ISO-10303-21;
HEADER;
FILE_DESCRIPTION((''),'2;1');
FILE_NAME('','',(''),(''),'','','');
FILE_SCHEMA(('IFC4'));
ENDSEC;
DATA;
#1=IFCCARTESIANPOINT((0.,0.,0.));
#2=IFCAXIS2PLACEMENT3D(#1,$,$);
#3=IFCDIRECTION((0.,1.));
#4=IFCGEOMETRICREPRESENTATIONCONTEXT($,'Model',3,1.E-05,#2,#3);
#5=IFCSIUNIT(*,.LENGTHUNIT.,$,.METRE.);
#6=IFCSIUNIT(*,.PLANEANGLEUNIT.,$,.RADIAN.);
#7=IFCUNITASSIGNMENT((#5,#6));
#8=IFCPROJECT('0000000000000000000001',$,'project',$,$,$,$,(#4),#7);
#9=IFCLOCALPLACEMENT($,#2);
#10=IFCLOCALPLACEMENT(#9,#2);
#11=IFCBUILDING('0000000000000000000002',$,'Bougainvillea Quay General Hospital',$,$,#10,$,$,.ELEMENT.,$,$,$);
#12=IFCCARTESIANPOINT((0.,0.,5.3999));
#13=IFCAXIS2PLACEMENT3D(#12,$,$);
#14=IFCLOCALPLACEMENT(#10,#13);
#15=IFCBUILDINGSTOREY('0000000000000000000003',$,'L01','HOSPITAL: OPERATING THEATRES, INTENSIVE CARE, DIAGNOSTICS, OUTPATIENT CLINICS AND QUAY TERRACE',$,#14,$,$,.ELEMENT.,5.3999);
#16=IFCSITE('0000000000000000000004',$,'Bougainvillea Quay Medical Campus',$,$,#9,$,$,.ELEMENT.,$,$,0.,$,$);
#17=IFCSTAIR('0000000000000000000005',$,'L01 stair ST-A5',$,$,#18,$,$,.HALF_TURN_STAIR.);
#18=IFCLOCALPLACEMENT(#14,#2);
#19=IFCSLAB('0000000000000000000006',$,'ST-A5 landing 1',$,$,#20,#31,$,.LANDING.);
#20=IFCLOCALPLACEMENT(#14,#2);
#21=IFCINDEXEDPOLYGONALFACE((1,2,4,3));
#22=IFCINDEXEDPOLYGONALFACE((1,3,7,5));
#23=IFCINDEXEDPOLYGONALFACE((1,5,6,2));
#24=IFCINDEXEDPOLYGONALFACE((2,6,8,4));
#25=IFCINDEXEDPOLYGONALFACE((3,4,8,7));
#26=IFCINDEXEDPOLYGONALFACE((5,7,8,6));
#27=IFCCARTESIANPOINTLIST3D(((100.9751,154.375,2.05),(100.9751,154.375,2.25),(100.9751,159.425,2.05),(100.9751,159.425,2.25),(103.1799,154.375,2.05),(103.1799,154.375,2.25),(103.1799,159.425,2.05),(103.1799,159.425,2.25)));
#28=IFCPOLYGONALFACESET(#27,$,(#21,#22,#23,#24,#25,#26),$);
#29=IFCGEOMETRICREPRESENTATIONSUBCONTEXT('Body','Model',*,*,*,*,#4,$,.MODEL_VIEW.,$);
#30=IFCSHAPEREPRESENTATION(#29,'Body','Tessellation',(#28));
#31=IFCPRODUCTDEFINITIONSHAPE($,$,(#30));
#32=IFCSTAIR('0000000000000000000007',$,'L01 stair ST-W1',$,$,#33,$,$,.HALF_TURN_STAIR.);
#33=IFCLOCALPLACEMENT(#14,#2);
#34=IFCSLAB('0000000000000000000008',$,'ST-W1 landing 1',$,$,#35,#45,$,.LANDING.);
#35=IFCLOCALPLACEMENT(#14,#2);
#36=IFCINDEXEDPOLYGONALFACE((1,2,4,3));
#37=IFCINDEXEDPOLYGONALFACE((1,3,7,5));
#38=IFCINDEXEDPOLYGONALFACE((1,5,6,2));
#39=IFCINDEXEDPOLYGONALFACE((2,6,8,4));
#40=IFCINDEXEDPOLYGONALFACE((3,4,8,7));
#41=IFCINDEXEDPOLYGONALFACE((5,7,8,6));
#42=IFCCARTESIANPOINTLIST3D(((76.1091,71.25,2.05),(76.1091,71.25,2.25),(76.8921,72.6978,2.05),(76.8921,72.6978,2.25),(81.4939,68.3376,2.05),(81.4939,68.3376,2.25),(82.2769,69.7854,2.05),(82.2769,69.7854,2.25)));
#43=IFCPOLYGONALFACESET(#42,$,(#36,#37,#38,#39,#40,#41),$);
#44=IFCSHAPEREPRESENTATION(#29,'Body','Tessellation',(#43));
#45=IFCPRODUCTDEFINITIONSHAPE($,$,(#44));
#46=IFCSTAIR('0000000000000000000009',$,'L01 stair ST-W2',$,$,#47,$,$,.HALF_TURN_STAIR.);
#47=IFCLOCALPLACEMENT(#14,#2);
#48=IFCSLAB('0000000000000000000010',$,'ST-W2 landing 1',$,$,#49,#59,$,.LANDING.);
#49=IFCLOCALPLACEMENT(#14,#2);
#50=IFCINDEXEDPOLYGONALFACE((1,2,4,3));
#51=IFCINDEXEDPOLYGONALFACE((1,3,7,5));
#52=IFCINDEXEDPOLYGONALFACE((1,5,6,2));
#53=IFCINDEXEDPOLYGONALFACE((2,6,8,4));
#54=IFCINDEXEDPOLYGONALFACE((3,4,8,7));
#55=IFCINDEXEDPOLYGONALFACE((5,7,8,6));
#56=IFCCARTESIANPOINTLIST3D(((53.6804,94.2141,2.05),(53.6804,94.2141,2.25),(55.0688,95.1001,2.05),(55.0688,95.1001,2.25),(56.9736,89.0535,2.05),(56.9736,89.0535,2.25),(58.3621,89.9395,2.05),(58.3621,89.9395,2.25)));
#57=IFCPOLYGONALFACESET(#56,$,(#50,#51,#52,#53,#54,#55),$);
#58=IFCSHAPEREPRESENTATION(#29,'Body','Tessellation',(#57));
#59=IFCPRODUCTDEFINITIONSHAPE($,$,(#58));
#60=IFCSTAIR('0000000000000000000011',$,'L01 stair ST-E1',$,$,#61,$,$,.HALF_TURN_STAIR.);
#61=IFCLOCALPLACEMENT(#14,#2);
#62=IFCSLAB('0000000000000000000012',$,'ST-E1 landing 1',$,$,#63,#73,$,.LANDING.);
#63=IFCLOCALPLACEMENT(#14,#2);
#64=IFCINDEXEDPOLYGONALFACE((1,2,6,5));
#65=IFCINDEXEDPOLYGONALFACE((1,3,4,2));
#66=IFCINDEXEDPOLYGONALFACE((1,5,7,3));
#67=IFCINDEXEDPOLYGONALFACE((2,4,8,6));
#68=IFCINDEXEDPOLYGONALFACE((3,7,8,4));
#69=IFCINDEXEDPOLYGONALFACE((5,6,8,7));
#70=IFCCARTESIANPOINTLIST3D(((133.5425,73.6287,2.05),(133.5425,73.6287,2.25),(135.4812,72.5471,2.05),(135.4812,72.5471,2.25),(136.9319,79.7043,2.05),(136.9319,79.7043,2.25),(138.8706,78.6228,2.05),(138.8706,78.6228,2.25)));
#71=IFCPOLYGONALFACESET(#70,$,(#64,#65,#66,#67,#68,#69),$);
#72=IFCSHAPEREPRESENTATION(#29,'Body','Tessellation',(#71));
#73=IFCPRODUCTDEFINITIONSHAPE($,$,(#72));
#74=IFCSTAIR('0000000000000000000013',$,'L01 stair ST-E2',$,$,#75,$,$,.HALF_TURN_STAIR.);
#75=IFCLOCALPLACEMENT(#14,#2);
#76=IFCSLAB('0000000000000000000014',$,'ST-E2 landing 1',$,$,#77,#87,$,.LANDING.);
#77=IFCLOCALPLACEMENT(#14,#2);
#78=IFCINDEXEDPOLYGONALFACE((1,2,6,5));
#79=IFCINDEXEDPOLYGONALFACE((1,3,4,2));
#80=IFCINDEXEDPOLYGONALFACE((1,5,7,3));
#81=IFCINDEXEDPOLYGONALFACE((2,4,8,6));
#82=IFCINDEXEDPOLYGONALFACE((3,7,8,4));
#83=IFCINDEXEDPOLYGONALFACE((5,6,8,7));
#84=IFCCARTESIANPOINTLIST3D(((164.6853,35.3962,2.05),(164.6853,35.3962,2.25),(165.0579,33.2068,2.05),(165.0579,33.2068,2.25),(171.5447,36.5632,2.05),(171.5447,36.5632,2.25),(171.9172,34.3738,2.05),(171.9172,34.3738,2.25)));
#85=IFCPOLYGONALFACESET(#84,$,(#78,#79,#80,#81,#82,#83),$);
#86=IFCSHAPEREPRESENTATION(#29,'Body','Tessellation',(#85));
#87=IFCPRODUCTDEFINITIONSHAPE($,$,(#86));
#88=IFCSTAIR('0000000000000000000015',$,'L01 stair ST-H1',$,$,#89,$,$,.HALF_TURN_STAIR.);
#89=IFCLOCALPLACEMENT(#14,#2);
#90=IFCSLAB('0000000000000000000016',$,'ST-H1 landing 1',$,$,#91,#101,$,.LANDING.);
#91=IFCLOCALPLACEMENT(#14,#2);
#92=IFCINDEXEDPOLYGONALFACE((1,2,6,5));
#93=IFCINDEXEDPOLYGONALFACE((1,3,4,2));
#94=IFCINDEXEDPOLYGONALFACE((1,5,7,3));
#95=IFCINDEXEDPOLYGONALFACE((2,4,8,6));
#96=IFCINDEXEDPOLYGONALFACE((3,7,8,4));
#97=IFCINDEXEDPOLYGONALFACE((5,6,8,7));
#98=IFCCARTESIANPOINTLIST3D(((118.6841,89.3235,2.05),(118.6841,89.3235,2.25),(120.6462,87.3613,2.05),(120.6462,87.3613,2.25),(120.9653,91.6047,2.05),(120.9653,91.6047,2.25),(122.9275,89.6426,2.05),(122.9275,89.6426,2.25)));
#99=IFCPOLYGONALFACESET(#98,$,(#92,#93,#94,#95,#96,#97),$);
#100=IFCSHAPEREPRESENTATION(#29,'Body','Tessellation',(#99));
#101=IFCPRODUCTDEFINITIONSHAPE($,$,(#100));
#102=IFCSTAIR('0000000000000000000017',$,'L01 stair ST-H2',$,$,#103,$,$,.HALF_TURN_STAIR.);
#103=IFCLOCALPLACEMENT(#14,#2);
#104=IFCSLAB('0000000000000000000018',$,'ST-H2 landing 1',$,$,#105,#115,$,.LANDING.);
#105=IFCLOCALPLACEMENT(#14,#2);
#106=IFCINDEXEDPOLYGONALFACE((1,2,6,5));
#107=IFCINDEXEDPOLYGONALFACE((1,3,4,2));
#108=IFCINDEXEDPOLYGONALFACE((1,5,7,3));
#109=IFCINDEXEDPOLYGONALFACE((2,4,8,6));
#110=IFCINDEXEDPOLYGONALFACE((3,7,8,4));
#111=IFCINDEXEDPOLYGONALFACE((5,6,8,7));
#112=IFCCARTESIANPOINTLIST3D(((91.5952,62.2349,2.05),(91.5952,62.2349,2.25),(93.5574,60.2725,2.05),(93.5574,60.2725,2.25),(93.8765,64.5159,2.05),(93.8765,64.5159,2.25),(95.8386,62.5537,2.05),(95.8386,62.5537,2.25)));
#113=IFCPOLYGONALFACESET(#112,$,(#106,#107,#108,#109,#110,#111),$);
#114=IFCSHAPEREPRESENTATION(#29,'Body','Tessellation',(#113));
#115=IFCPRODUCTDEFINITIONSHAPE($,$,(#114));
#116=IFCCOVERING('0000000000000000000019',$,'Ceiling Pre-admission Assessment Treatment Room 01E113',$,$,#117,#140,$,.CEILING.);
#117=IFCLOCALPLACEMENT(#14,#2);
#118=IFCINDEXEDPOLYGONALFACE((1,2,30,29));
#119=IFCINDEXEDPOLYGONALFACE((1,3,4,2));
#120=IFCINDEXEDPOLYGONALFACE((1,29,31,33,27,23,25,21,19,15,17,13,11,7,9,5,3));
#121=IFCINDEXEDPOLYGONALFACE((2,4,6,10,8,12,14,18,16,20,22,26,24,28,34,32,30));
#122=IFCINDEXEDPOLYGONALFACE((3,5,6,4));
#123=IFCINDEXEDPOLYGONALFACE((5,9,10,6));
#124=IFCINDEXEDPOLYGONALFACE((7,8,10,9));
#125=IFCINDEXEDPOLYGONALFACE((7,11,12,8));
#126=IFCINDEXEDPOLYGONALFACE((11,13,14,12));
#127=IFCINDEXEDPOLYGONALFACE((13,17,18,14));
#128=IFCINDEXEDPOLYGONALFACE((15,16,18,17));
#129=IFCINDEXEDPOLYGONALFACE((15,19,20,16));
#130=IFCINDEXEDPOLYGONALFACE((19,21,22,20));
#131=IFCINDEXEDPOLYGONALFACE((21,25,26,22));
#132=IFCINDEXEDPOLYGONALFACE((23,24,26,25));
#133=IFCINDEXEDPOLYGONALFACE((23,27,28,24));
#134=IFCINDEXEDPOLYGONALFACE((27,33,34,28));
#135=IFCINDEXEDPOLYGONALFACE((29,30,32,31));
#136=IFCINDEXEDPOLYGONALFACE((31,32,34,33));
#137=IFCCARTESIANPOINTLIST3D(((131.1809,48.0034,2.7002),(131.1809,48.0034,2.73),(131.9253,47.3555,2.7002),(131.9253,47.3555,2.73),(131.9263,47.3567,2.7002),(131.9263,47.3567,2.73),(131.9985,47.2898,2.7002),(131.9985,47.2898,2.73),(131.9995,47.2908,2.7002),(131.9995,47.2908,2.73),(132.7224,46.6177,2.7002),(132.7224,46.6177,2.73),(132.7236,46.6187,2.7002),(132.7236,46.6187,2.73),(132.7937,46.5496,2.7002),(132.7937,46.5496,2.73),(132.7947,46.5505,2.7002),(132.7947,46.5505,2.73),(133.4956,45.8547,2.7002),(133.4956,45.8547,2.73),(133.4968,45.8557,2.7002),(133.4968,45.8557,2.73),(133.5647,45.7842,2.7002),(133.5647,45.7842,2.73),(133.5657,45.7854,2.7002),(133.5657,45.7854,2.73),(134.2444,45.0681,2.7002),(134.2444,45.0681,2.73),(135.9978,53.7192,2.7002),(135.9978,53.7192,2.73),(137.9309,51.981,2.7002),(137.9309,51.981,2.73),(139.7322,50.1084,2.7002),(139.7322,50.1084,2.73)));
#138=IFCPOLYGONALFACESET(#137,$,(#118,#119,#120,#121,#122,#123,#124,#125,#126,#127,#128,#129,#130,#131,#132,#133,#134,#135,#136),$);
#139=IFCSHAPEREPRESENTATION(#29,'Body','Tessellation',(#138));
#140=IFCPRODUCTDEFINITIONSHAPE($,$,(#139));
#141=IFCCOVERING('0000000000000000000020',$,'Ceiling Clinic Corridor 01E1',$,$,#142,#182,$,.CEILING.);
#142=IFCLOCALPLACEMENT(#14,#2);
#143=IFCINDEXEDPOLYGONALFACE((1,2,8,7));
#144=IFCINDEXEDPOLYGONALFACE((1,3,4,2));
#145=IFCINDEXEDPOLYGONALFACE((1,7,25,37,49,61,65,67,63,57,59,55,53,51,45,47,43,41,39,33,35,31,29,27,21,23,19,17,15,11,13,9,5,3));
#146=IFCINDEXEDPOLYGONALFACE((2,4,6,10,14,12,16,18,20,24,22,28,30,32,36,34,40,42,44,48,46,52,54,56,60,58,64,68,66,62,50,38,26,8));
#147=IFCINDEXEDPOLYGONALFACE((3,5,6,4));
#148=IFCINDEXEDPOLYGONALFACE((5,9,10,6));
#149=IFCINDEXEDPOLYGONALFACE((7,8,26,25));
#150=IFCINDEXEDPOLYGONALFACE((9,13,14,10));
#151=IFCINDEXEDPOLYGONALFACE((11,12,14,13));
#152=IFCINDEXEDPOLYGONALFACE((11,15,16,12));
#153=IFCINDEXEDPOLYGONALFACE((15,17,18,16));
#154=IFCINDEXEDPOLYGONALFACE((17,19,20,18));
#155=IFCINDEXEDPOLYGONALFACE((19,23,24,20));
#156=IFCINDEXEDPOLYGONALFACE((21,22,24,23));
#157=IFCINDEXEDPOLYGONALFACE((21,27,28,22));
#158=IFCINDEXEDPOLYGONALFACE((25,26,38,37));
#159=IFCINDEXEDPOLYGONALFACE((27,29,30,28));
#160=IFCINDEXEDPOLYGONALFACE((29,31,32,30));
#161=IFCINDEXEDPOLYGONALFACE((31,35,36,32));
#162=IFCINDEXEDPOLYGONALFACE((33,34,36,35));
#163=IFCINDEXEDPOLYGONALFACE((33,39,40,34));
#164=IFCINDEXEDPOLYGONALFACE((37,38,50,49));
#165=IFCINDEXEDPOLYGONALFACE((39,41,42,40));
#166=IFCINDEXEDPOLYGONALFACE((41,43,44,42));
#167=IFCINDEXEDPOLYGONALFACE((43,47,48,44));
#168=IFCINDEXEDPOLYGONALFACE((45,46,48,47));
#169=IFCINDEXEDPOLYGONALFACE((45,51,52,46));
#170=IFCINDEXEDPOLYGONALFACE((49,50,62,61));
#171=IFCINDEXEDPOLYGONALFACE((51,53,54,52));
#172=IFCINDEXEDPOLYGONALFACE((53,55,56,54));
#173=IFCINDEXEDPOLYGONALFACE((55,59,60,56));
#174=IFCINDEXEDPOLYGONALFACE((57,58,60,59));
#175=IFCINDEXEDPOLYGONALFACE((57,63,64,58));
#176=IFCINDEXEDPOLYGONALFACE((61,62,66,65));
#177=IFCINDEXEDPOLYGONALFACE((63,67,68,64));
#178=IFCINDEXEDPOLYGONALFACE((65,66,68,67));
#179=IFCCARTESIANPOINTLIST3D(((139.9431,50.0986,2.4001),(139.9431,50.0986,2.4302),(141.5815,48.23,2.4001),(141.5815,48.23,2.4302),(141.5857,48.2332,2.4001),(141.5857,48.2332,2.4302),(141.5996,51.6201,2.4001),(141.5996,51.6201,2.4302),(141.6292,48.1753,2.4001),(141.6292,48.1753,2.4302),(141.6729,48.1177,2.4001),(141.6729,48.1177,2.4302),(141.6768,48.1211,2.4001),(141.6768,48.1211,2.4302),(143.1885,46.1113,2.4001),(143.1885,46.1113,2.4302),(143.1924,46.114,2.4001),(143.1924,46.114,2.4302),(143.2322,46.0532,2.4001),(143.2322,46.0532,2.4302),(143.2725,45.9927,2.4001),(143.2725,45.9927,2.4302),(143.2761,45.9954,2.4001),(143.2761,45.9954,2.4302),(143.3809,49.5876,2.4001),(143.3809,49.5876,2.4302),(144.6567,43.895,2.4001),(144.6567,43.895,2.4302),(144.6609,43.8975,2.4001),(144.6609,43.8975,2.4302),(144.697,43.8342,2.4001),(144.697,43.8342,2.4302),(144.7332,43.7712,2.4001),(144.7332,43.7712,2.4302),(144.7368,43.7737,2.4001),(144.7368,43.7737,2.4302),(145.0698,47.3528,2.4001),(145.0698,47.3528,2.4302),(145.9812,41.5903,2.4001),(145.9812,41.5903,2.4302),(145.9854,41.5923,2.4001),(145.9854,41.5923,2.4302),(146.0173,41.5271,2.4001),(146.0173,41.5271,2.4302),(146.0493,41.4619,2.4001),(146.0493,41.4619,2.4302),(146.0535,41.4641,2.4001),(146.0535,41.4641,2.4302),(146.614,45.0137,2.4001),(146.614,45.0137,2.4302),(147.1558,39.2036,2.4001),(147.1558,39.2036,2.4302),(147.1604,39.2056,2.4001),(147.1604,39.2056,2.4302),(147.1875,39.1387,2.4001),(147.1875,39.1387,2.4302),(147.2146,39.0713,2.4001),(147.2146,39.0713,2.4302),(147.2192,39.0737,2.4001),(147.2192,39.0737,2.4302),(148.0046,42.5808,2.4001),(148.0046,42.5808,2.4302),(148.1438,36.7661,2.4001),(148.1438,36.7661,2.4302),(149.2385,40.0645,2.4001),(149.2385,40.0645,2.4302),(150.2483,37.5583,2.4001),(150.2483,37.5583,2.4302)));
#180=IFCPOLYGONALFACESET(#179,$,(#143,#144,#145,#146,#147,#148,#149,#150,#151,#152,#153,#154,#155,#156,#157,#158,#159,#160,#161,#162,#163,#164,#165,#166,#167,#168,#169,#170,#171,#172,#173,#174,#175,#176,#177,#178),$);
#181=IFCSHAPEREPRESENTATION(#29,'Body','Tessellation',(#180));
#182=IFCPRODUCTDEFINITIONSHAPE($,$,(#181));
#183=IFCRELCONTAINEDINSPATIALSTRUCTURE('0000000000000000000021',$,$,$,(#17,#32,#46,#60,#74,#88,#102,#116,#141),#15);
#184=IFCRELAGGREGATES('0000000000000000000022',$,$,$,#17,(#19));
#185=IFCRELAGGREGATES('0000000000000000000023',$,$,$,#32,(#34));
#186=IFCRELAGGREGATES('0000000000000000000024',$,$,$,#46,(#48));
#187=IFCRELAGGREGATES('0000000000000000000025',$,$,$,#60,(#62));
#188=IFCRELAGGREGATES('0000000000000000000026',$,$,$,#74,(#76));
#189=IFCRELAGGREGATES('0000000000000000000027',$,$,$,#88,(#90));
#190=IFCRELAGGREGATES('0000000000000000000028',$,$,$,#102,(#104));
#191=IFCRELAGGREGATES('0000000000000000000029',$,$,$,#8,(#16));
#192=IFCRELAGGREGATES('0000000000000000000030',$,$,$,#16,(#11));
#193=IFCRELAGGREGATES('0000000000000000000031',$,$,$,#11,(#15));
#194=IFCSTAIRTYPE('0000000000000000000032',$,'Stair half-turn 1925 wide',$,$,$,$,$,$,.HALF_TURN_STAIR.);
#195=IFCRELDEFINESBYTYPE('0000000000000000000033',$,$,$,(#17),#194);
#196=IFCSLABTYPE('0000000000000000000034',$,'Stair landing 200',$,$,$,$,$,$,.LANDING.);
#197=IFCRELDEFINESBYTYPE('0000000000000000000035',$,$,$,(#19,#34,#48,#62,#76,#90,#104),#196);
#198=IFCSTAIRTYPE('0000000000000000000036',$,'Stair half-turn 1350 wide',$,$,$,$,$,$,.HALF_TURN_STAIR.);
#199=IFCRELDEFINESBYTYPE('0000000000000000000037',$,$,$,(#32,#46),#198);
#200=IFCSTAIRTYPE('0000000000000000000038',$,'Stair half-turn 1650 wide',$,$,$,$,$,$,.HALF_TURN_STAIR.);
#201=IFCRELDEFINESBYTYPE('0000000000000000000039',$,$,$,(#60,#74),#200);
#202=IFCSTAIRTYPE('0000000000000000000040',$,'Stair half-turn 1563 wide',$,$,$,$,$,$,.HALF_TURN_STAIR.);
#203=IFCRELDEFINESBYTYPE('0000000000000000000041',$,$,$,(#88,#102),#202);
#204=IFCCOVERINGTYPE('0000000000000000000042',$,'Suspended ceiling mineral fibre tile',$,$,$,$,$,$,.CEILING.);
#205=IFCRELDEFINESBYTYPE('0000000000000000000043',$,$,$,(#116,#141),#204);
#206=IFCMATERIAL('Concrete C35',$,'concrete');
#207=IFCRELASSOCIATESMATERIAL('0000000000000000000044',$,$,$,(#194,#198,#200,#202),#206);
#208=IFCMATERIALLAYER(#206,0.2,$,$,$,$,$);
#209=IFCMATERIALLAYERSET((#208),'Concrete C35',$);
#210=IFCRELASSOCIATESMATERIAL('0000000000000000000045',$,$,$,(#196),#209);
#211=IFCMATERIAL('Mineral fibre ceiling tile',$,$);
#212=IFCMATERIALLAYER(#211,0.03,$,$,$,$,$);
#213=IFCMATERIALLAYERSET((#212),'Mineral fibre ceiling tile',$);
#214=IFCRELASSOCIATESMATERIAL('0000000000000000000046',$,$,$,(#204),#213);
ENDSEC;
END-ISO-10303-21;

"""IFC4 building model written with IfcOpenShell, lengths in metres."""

from ifc_helpers import new_model, si_unit, direction, frame, origin, place, context, subcontext, project, spatial, polyline, outline, extrude, material, layer, layer_set, type_object, element, aggregate, save


model = new_model("IFC4")

# Units and contexts
model_context = context("Model", 3, precision=1e-05, world=origin(), true_north=direction((0.0, 1.0)))
body_context = subcontext(model_context, "Body", "Model", "MODEL_VIEW")
ifc_project = project(units=[si_unit("LENGTHUNIT", "METRE"), si_unit("PLANEANGLEUNIT", "RADIAN")], contexts=[model_context])

# Site, building, storey
site_placement = place(None, origin())
site = spatial("IfcSite", under=ifc_project, at=site_placement, Name="Bougainvillea Quay Medical Campus", CompositionType="ELEMENT", RefElevation=0.0)
building_placement = place(site_placement, origin())
building = spatial("IfcBuilding", under=site, at=building_placement, Name="Bougainvillea Quay General Hospital", CompositionType="ELEMENT")
storey_placement = place(building_placement, frame((0.0, 0.0, 5.3999)))
storey = spatial("IfcBuildingStorey", under=building, at=storey_placement, Name="L01", Description="HOSPITAL: OPERATING THEATRES, INTENSIVE CARE, DIAGNOSTICS, OUTPATIENT CLINICS AND QUAY TERRACE", CompositionType="ELEMENT", Elevation=5.3999)

# Shared definitions
ifc_material_1 = material(Name="Concrete C35", Category="concrete")

# Stairs, slabs
stair_type_1 = type_object("IfcStairType", Name="Stair half-turn 1925 wide", PredefinedType="HALF_TURN_STAIR", material=ifc_material_1)
ifc_layer_1 = layer(ifc_material_1, 0.2)
ifc_layer_set_1 = layer_set([ifc_layer_1], Name="Concrete C35")
slab_type_1 = type_object("IfcSlabType", Name="Stair landing 200", PredefinedType="LANDING", material=ifc_layer_set_1)
stair_1_placement = place(storey_placement, origin())
stair_1 = element("IfcStair", 1, at=stair_1_placement, inside=storey, type_object=stair_type_1, Name="L01 stair ST-A5", PredefinedType="HALF_TURN_STAIR")
slab_1_placement = place(storey_placement, frame((0.0, 0.0, 2.05)))
slab_1 = element("IfcSlab", 2, at=slab_1_placement, type_object=slab_type_1, Name="ST-A5 landing 1", PredefinedType="LANDING", context=body_context, shape_type="SweptSolid", body=[
    extrude(outline(polyline([(103.1799, 159.425), (100.9751, 159.425), (100.9751, 154.375), (103.1799, 154.375), (103.1799, 159.425)])), origin(), (0.0, 0.0, 1.0), 0.2),
])
aggregate(stair_1, [slab_1])
stair_type_2 = type_object("IfcStairType", Name="Stair half-turn 1350 wide", PredefinedType="HALF_TURN_STAIR", material=ifc_material_1)
stair_2_placement = place(storey_placement, origin())
stair_2 = element("IfcStair", 3, at=stair_2_placement, inside=storey, type_object=stair_type_2, Name="L01 stair ST-W1", PredefinedType="HALF_TURN_STAIR")
slab_2_placement = place(storey_placement, frame((0.0, 0.0, 2.05)))
slab_2 = element("IfcSlab", 4, at=slab_2_placement, type_object=slab_type_1, Name="ST-W1 landing 1", PredefinedType="LANDING", context=body_context, shape_type="SweptSolid", body=[
    extrude(outline(polyline([(76.8921, 72.6978), (76.1091, 71.25), (81.4939, 68.3376), (82.2769, 69.7854), (76.8921, 72.6978)])), origin(), (0.0, 0.0, 1.0), 0.2),
])
aggregate(stair_2, [slab_2])
stair_3_placement = place(storey_placement, origin())
stair_3 = element("IfcStair", 5, at=stair_3_placement, inside=storey, type_object=stair_type_2, Name="L01 stair ST-W2", PredefinedType="HALF_TURN_STAIR")
slab_3_placement = place(storey_placement, frame((0.0, 0.0, 2.05)))
slab_3 = element("IfcSlab", 6, at=slab_3_placement, type_object=slab_type_1, Name="ST-W2 landing 1", PredefinedType="LANDING", context=body_context, shape_type="SweptSolid", body=[
    extrude(outline(polyline([(55.0688, 95.1001), (53.6804, 94.2141), (56.9736, 89.0535), (58.3621, 89.9395), (55.0688, 95.1001)])), origin(), (0.0, 0.0, 1.0), 0.2),
])
aggregate(stair_3, [slab_3])
stair_type_3 = type_object("IfcStairType", Name="Stair half-turn 1650 wide", PredefinedType="HALF_TURN_STAIR", material=ifc_material_1)
stair_4_placement = place(storey_placement, origin())
stair_4 = element("IfcStair", 7, at=stair_4_placement, inside=storey, type_object=stair_type_3, Name="L01 stair ST-E1", PredefinedType="HALF_TURN_STAIR")
slab_4_placement = place(storey_placement, frame((0.0, 0.0, 2.05)))
slab_4 = element("IfcSlab", 8, at=slab_4_placement, type_object=slab_type_1, Name="ST-E1 landing 1", PredefinedType="LANDING", context=body_context, shape_type="SweptSolid", body=[
    extrude(outline(polyline([(138.8706, 78.6228), (136.9319, 79.7043), (133.5425, 73.6287), (135.4812, 72.5471), (138.8706, 78.6228)])), origin(), (0.0, 0.0, 1.0), 0.2),
])
aggregate(stair_4, [slab_4])
stair_5_placement = place(storey_placement, origin())
stair_5 = element("IfcStair", 9, at=stair_5_placement, inside=storey, type_object=stair_type_3, Name="L01 stair ST-E2", PredefinedType="HALF_TURN_STAIR")
slab_5_placement = place(storey_placement, frame((0.0, 0.0, 2.05)))
slab_5 = element("IfcSlab", 10, at=slab_5_placement, type_object=slab_type_1, Name="ST-E2 landing 1", PredefinedType="LANDING", context=body_context, shape_type="SweptSolid", body=[
    extrude(outline(polyline([(171.9172, 34.3738), (171.5447, 36.5632), (164.6853, 35.3962), (165.0579, 33.2068), (171.9172, 34.3738)])), origin(), (0.0, 0.0, 1.0), 0.2),
])
aggregate(stair_5, [slab_5])
stair_type_4 = type_object("IfcStairType", Name="Stair half-turn 1563 wide", PredefinedType="HALF_TURN_STAIR", material=ifc_material_1)
stair_6_placement = place(storey_placement, origin())
stair_6 = element("IfcStair", 11, at=stair_6_placement, inside=storey, type_object=stair_type_4, Name="L01 stair ST-H1", PredefinedType="HALF_TURN_STAIR")
slab_6_placement = place(storey_placement, frame((0.0, 0.0, 2.05)))
slab_6 = element("IfcSlab", 12, at=slab_6_placement, type_object=slab_type_1, Name="ST-H1 landing 1", PredefinedType="LANDING", context=body_context, shape_type="SweptSolid", body=[
    extrude(outline(polyline([(122.9275, 89.6426), (120.9653, 91.6047), (118.6841, 89.3235), (120.6462, 87.3613), (122.9275, 89.6426)])), origin(), (0.0, 0.0, 1.0), 0.2),
])
aggregate(stair_6, [slab_6])
stair_7_placement = place(storey_placement, origin())
stair_7 = element("IfcStair", 13, at=stair_7_placement, inside=storey, type_object=stair_type_4, Name="L01 stair ST-H2", PredefinedType="HALF_TURN_STAIR")
slab_7_placement = place(storey_placement, frame((0.0, 0.0, 2.05)))
slab_7 = element("IfcSlab", 14, at=slab_7_placement, type_object=slab_type_1, Name="ST-H2 landing 1", PredefinedType="LANDING", context=body_context, shape_type="SweptSolid", body=[
    extrude(outline(polyline([(95.8386, 62.5537), (93.8765, 64.5159), (91.5952, 62.2349), (93.5574, 60.2725), (95.8386, 62.5537)])), origin(), (0.0, 0.0, 1.0), 0.2),
])
aggregate(stair_7, [slab_7])

# Coverings
ifc_material_2 = material(Name="Mineral fibre ceiling tile")
ifc_layer_2 = layer(ifc_material_2, 0.03)
ifc_layer_set_2 = layer_set([ifc_layer_2], Name="Mineral fibre ceiling tile")
covering_type = type_object("IfcCoveringType", Name="Suspended ceiling mineral fibre tile", PredefinedType="CEILING", material=ifc_layer_set_2)
covering_1_placement = place(storey_placement, frame((0.0, 0.0, 2.7002)))
element("IfcCovering", 15, at=covering_1_placement, inside=storey, type_object=covering_type, Name="Ceiling Pre-admission Assessment Treatment Room 01E113", PredefinedType="CEILING", context=body_context, shape_type="SweptSolid", body=[
    extrude(outline(polyline([(131.9263, 47.3567), (131.9995, 47.2908), (131.9985, 47.2898), (132.7224, 46.6177), (132.7236, 46.6187), (132.7947, 46.5505), (132.7937, 46.5496), (133.4956, 45.8547), (133.4968, 45.8557), (133.5657, 45.7854), (133.5647, 45.7842), (134.2444, 45.0681), (139.7322, 50.1084), (137.9309, 51.981), (135.9978, 53.7192), (131.1809, 48.0034), (131.9253, 47.3555), (131.9263, 47.3567)])), origin(), (0.0, 0.0, 1.0), 0.0298),
])
covering_2_placement = place(storey_placement, frame((0.0, 0.0, 2.4001)))
element("IfcCovering", 16, at=covering_2_placement, inside=storey, type_object=covering_type, Name="Ceiling Clinic Corridor 01E1", PredefinedType="CEILING", context=body_context, shape_type="SweptSolid", body=[
    extrude(outline(polyline([(143.3809, 49.5876), (141.5996, 51.6201), (139.9431, 50.0986), (141.5815, 48.23), (141.5857, 48.2332), (141.6292, 48.1753), (141.6768, 48.1211), (141.6729, 48.1177), (143.1885, 46.1113), (143.1924, 46.114), (143.2322, 46.0532), (143.2761, 45.9954), (143.2725, 45.9927), (144.6567, 43.895), (144.6609, 43.8975), (144.697, 43.8342), (144.7368, 43.7737), (144.7332, 43.7712), (145.9812, 41.5903), (145.9854, 41.5923), (146.0173, 41.5271), (146.0535, 41.4641), (146.0493, 41.4619), (147.1558, 39.2036), (147.1604, 39.2056), (147.1875, 39.1387), (147.2192, 39.0737), (147.2146, 39.0713), (148.1438, 36.7661), (150.2483, 37.5583), (149.2385, 40.0645), (148.0046, 42.5808), (146.614, 45.0137), (145.0698, 47.3528), (143.3809, 49.5876)])), origin(), (0.0, 0.0, 1.0), 0.03),
])

save(model, "model.ifc")
